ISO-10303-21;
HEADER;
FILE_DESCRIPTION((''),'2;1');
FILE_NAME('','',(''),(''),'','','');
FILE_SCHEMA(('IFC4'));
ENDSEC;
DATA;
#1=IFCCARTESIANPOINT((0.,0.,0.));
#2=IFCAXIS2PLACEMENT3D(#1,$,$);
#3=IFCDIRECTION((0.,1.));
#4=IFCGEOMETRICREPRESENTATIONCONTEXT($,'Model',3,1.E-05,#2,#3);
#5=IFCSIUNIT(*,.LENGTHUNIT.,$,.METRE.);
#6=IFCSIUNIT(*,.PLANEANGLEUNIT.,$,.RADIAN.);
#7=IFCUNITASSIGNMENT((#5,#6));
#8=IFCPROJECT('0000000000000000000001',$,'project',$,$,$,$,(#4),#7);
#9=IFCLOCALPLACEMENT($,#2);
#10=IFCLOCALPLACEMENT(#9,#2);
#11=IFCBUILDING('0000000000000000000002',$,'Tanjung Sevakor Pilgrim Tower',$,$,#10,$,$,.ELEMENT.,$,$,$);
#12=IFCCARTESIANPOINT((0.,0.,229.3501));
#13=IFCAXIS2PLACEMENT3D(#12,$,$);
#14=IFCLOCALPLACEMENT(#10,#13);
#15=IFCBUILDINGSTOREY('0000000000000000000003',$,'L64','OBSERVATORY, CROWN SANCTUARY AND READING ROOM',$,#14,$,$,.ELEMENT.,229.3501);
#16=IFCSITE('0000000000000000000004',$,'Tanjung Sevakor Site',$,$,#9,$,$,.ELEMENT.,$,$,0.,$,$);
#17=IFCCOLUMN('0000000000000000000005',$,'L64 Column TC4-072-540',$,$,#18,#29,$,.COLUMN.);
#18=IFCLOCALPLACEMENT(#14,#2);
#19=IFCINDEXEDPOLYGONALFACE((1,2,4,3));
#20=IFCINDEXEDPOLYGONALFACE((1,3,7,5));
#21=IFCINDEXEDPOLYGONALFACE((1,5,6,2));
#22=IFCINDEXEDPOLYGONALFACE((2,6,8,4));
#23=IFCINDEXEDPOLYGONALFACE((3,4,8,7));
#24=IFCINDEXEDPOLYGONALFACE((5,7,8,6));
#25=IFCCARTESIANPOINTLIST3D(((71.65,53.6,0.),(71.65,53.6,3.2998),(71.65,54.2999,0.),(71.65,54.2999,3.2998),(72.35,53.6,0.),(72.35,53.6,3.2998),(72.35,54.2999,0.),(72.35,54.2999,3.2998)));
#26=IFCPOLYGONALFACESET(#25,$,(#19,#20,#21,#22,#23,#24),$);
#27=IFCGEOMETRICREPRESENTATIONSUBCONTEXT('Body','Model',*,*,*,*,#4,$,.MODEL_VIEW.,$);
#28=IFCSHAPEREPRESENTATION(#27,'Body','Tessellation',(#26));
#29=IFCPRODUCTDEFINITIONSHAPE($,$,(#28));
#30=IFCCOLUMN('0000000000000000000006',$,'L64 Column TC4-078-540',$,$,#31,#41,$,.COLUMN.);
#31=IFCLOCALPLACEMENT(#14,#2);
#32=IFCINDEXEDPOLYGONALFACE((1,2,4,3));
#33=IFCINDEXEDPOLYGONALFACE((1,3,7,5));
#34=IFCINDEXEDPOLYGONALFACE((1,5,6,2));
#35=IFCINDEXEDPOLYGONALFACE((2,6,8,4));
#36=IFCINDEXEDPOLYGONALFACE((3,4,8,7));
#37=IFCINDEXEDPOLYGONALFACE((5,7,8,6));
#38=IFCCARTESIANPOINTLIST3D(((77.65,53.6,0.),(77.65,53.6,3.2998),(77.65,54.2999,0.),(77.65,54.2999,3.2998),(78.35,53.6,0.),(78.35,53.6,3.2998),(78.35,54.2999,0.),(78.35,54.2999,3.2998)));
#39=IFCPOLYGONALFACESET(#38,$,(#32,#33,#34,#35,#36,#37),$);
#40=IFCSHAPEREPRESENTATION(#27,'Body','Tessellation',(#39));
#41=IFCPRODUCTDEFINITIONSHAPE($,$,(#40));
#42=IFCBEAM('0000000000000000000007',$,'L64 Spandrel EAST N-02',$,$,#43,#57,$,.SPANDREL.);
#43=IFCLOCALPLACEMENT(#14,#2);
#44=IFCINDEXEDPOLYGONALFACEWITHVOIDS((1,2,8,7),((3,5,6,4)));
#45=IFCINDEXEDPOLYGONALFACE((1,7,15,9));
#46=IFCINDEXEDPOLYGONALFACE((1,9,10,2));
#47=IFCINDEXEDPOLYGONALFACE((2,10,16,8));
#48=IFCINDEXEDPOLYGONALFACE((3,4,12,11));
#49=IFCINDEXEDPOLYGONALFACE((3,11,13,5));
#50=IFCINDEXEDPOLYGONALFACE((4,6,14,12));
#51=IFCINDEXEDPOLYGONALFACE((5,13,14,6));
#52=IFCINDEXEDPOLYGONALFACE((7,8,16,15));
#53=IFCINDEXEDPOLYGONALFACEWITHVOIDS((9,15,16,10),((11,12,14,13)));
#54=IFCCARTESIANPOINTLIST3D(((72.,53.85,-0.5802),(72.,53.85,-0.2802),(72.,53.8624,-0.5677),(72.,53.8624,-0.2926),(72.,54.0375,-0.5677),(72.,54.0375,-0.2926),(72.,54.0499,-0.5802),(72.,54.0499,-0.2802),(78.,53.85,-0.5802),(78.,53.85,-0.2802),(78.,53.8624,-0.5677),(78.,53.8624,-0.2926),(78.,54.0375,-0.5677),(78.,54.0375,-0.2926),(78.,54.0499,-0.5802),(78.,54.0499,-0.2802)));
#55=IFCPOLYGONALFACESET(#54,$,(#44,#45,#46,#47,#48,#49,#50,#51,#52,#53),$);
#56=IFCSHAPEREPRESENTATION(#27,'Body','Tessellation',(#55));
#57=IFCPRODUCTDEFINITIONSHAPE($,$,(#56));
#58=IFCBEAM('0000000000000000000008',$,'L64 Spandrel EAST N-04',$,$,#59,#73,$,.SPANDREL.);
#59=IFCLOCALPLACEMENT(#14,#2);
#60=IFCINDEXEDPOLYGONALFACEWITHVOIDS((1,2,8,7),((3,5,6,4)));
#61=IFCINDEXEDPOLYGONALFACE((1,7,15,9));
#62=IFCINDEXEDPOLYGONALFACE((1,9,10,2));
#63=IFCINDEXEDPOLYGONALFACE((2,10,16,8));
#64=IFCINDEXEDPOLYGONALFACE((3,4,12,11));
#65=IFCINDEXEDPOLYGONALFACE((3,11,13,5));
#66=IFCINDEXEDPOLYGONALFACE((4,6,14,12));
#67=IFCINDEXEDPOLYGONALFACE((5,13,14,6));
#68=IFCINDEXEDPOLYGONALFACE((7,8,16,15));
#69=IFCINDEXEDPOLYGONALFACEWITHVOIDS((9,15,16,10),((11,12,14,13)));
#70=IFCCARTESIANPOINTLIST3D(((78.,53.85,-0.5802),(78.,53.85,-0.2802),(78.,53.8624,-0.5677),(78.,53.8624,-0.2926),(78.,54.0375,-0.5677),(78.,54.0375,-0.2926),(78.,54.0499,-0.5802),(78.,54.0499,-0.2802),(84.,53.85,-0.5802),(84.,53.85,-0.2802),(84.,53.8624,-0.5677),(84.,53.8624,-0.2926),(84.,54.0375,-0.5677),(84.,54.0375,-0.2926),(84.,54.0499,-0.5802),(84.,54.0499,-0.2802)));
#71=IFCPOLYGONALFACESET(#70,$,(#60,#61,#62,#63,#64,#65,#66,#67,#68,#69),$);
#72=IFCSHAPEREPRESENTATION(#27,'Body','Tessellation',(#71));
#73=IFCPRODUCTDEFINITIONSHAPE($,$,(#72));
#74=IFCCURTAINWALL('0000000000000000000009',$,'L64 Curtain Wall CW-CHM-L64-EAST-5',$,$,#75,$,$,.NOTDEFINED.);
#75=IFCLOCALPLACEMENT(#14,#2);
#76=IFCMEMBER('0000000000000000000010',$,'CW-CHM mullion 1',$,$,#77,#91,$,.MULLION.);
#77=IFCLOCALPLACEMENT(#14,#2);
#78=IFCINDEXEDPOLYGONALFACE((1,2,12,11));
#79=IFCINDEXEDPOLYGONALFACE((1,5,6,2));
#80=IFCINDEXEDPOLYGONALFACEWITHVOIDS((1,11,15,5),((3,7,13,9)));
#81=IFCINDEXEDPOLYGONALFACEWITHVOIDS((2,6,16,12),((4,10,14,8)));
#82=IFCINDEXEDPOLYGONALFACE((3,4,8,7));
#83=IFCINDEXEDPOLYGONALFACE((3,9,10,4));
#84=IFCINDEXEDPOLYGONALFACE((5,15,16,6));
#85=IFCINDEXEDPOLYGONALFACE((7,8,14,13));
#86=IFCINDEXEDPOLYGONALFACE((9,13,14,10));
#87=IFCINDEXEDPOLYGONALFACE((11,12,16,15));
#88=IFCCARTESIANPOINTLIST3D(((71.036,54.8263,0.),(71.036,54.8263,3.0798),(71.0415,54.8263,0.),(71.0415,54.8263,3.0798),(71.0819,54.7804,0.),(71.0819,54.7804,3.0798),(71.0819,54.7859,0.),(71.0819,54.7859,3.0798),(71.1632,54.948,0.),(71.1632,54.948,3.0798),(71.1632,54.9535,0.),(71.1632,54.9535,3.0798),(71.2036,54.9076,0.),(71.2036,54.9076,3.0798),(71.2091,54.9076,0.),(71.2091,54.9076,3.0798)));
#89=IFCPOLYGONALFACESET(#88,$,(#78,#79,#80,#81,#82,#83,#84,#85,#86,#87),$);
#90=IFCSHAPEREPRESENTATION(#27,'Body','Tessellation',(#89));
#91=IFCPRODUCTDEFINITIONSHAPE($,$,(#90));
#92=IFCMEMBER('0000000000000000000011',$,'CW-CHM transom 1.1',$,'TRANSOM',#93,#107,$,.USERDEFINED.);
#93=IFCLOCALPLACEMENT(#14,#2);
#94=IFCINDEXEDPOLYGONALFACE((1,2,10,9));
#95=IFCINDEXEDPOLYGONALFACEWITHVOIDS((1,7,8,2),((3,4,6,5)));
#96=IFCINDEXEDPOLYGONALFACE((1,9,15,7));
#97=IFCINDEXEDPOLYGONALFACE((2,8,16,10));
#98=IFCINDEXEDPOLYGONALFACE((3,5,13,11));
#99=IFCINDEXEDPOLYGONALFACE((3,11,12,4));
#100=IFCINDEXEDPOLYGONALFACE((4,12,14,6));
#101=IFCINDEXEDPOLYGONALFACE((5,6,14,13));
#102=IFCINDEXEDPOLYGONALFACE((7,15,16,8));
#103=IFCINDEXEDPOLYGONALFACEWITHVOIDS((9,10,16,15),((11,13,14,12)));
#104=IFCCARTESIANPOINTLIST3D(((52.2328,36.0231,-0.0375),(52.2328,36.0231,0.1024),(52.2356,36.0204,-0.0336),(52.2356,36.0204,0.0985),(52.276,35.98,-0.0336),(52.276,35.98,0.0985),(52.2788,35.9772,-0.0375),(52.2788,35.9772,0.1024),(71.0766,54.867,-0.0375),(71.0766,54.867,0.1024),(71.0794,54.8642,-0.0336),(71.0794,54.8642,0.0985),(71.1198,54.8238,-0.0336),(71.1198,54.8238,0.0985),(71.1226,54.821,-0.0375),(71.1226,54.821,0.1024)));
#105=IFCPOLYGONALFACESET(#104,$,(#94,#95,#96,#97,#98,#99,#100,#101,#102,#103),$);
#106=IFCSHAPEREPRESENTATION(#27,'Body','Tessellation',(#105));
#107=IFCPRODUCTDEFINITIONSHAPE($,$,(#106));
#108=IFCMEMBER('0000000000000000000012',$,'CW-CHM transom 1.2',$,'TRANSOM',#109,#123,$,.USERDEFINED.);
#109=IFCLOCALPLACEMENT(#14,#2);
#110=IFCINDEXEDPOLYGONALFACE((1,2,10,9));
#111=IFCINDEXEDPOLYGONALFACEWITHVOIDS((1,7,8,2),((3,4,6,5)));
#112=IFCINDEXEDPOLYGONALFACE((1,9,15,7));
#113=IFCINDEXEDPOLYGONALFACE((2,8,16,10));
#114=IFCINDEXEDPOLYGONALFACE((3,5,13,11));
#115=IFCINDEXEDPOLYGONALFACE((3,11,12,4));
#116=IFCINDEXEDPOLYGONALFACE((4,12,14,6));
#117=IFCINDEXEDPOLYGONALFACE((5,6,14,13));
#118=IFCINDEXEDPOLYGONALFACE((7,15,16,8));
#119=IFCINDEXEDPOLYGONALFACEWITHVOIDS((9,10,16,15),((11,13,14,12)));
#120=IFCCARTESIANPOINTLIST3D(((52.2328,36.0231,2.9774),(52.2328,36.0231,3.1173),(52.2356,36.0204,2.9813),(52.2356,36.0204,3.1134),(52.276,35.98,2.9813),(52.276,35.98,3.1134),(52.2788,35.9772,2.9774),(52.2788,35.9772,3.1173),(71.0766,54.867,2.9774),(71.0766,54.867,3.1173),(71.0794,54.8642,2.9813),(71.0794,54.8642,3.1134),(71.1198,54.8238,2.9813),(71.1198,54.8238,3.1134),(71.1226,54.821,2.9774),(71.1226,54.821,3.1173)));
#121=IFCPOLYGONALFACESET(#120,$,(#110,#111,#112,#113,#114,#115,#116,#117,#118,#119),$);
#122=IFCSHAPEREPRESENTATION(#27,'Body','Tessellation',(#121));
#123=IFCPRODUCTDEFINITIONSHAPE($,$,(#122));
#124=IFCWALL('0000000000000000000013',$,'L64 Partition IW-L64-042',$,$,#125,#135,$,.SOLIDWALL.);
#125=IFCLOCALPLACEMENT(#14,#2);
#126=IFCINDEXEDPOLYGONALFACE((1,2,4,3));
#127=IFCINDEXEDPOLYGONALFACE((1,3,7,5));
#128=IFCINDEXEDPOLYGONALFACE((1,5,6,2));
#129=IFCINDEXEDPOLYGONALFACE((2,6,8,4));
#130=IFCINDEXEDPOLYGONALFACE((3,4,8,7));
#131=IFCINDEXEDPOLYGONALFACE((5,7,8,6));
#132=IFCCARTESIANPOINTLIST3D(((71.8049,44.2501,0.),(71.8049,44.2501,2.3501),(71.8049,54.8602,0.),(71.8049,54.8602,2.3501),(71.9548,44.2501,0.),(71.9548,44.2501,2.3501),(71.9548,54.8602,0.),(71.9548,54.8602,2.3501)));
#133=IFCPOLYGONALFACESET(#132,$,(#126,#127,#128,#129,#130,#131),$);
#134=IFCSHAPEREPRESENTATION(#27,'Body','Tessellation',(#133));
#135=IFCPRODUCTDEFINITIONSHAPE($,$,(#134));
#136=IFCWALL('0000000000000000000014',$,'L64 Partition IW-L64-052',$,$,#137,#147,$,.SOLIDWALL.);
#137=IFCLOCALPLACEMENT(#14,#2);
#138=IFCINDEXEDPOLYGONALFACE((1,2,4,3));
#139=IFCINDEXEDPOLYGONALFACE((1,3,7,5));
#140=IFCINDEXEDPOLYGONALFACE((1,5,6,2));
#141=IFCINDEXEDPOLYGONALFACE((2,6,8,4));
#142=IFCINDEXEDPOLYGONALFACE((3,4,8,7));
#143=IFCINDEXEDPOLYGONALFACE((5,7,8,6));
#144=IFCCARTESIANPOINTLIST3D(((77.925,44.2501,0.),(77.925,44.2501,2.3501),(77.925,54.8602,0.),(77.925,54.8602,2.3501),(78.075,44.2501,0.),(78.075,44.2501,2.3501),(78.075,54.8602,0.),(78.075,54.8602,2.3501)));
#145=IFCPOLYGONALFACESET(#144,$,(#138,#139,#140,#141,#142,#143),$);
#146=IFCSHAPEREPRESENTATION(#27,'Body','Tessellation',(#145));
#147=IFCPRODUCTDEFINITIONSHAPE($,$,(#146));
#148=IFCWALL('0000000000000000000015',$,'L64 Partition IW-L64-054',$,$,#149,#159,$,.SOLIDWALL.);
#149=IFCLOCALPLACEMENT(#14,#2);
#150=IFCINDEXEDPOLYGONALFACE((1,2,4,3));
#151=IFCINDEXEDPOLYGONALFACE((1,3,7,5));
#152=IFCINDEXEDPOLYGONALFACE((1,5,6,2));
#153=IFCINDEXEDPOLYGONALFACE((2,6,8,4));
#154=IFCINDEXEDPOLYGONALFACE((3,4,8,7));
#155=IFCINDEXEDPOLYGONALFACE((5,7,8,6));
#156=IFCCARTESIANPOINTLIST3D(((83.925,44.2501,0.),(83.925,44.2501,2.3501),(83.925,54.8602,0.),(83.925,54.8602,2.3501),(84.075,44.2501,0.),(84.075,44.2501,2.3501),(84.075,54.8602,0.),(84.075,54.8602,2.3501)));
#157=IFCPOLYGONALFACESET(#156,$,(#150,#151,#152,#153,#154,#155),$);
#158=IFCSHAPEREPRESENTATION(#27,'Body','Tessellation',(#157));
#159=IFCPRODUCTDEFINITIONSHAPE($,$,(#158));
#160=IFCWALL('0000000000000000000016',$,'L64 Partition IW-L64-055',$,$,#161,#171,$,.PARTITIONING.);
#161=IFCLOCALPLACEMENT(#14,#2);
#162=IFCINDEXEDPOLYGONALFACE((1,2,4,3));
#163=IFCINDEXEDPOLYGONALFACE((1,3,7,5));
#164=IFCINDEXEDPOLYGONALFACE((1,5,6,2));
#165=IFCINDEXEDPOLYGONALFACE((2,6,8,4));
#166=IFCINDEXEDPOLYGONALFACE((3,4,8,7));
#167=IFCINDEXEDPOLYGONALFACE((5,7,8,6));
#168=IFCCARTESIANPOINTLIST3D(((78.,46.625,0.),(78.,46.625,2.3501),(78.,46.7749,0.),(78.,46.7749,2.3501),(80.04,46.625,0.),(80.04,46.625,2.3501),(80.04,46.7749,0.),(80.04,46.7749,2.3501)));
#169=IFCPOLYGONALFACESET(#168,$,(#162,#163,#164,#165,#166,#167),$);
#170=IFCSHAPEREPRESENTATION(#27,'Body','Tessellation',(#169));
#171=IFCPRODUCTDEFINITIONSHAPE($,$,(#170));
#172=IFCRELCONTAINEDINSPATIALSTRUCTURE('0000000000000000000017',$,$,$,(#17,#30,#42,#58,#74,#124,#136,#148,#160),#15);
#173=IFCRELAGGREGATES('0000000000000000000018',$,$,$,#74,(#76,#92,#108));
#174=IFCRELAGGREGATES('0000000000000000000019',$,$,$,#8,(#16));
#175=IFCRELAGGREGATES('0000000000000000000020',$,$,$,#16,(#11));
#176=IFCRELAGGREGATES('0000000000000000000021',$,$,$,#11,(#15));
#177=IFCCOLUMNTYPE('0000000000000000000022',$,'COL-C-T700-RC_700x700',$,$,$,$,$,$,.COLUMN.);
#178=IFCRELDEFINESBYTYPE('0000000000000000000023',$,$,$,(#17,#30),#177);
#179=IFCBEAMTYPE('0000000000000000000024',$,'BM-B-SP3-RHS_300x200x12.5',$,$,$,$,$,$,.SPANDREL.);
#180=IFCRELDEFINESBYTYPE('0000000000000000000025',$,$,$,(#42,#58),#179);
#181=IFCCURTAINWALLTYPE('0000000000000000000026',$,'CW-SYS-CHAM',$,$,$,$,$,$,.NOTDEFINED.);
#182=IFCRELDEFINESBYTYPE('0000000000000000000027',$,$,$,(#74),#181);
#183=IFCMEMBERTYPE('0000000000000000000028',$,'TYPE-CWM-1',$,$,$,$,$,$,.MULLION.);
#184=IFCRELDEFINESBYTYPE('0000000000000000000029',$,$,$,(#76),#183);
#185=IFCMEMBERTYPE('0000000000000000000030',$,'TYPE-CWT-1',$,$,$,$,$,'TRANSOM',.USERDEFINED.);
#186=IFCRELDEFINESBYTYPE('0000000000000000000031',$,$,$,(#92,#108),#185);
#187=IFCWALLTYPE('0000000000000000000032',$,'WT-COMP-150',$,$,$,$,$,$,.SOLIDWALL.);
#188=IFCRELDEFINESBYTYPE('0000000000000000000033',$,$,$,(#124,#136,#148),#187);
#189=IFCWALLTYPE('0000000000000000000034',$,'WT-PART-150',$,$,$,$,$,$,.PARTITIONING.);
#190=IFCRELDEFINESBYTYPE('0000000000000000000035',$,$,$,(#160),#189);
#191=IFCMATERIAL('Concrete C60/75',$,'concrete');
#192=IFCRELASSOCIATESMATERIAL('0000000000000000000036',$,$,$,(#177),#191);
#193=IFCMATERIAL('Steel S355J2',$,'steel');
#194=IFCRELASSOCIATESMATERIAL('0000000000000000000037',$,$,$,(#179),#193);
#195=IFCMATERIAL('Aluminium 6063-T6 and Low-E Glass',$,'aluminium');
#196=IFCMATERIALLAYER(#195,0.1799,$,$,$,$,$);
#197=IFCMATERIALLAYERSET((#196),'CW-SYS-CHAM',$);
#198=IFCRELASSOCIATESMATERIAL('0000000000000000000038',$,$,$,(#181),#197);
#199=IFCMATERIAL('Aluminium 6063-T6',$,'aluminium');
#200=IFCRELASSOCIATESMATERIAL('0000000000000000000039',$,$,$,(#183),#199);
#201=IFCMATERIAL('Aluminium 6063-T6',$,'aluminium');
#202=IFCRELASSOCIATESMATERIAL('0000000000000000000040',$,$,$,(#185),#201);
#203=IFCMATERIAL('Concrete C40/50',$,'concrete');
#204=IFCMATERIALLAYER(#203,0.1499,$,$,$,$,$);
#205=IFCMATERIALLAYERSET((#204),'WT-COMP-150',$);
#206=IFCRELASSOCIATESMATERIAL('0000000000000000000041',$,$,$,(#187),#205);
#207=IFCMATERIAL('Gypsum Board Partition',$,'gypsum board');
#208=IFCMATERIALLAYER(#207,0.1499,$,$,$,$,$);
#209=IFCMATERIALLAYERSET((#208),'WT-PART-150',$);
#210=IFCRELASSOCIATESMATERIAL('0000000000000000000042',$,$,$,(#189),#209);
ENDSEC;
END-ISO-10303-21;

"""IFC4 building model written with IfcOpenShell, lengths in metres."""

from ifc_helpers import new_model, si_unit, direction, frame, frame_2d, origin, origin_2d, place, context, subcontext, project, spatial, rectangle, hollow_rectangle, extrude, material, layer, layer_set, material_profile, profile_set, type_object, element, aggregate, save


model = new_model("IFC4")

# Units and contexts
model_context = context("Model", 3, precision=1e-05, world=origin(), true_north=direction((0.0, 1.0)))
body_context = subcontext(model_context, "Body", "Model", "MODEL_VIEW")
ifc_project = project(units=[si_unit("LENGTHUNIT", "METRE"), si_unit("PLANEANGLEUNIT", "RADIAN")], contexts=[model_context])

# Site, building, storey
site_placement = place(None, origin())
site = spatial("IfcSite", under=ifc_project, at=site_placement, Name="Tanjung Sevakor Site", CompositionType="ELEMENT", RefElevation=0.0)
building_placement = place(site_placement, origin())
building = spatial("IfcBuilding", under=site, at=building_placement, Name="Tanjung Sevakor Pilgrim Tower", CompositionType="ELEMENT")
storey_placement = place(building_placement, frame((0.0, 0.0, 229.3501)))
storey = spatial("IfcBuildingStorey", under=building, at=storey_placement, Name="L64", Description="OBSERVATORY, CROWN SANCTUARY AND READING ROOM", CompositionType="ELEMENT", Elevation=229.3501)

# Columns
ifc_material_1 = material(Name="Concrete C60/75", Category="concrete")
ifc_material_profile_1 = material_profile(ifc_material_1, rectangle(XDim=0.7, YDim=0.7, at=origin_2d()))
ifc_profile_set_1 = profile_set([ifc_material_profile_1], Name="Concrete C60/75")
column_type = type_object("IfcColumnType", Name="COL-C-T700-RC_700x700", PredefinedType="COLUMN", material=ifc_profile_set_1)
for number, where, z_axis, x_axis, name in (
    (1, (72.0, 53.95, 0.0), (0.0, 0.0, 1.0), (1.0, 0.0, 0.0), "L64 Column TC4-072-540"),
    (2, (78.0, 53.95, 0.0), (0.0, 0.0, 1.0), (1.0, 0.0, 0.0), "L64 Column TC4-078-540"),
):
    element("IfcColumn", number, at=place(storey_placement, frame(where, z_axis=z_axis, x_axis=x_axis)), inside=storey, type_object=column_type, Name=name, PredefinedType="COLUMN", context=body_context, shape_type="SweptSolid", body=[
        extrude(rectangle(XDim=0.7, YDim=0.7, at=origin_2d()), origin(), (0.0, 0.0, 1.0), 3.2998),
    ])

# Beams
ifc_material_2 = material(Name="Steel S355J2", Category="steel")
ifc_material_profile_2 = material_profile(ifc_material_2, hollow_rectangle(XDim=0.2, YDim=0.3, WallThickness=0.0125, at=origin_2d()))
ifc_profile_set_2 = profile_set([ifc_material_profile_2], Name="Steel S355J2")
beam_type = type_object("IfcBeamType", Name="BM-B-SP3-RHS_300x200x12.5", PredefinedType="SPANDREL", material=ifc_profile_set_2)
for number, where, z_axis, x_axis, name in (
    (3, (72.0, 53.95, -0.4302), (1.0, 0.0, 0.0), (0.0, 1.0, 0.0), "L64 Spandrel EAST N-02"),
    (4, (78.0, 53.95, -0.4302), (1.0, 0.0, 0.0), (0.0, 1.0, 0.0), "L64 Spandrel EAST N-04"),
):
    element("IfcBeam", number, at=place(storey_placement, frame(where, z_axis=z_axis, x_axis=x_axis)), inside=storey, type_object=beam_type, Name=name, PredefinedType="SPANDREL", context=body_context, shape_type="SweptSolid", body=[
        extrude(hollow_rectangle(XDim=0.2, YDim=0.3, WallThickness=0.0125, at=origin_2d()), origin(), (0.0, 0.0, 1.0), 6.0),
    ])

# Curtain wall, members
ifc_material_3 = material(Name="Aluminium 6063-T6 and Low-E Glass", Category="aluminium")
ifc_layer_1 = layer(ifc_material_3, 0.1799)
ifc_layer_set_1 = layer_set([ifc_layer_1], Name="CW-SYS-CHAM")
curtain_wall_type = type_object("IfcCurtainWallType", Name="CW-SYS-CHAM", PredefinedType="NOTDEFINED", material=ifc_layer_set_1)
curtain_wall_placement = place(storey_placement, origin())
curtain_wall = element("IfcCurtainWall", 5, at=curtain_wall_placement, inside=storey, type_object=curtain_wall_type, Name="L64 Curtain Wall CW-CHM-L64-EAST-5", PredefinedType="NOTDEFINED")
ifc_material_4 = material(Name="Aluminium 6063-T6", Category="aluminium")
ifc_material_profile_3 = material_profile(ifc_material_4, hollow_rectangle(XDim=0.0649, YDim=0.1799, WallThickness=0.0039, at=origin_2d()))
ifc_profile_set_3 = profile_set([ifc_material_profile_3], Name="Aluminium 6063-T6")
member_type_1 = type_object("IfcMemberType", Name="TYPE-CWM-1", PredefinedType="MULLION", material=ifc_profile_set_3)
member_1_placement = place(storey_placement, frame((71.1226, 54.8669, 0.0), z_axis=(0.0, 0.0, 1.0), x_axis=(0.707107, -0.707107, 0.0)))
member_1 = element("IfcMember", 6, at=member_1_placement, type_object=member_type_1, Name="CW-CHM mullion 1", PredefinedType="MULLION", context=body_context, shape_type="SweptSolid", body=[
    extrude(hollow_rectangle(XDim=0.0649, YDim=0.1799, WallThickness=0.0039, at=origin_2d()), origin(), (0.0, 0.0, 1.0), 3.0798),
])
ifc_material_5 = material(Name="Aluminium 6063-T6", Category="aluminium")
ifc_material_profile_4 = material_profile(ifc_material_5, hollow_rectangle(XDim=0.0649, YDim=0.1399, WallThickness=0.0039, at=origin_2d()))
ifc_profile_set_4 = profile_set([ifc_material_profile_4], Name="Aluminium 6063-T6")
member_type_2 = type_object("IfcMemberType", Name="TYPE-CWT-1", ElementType="TRANSOM", PredefinedType="USERDEFINED", material=ifc_profile_set_4)
member_2_placement = place(storey_placement, frame((71.0996, 54.844, 0.0325), z_axis=(-0.707107, -0.707107, 0.0), x_axis=(0.707107, -0.707107, 0.0)))
member_2 = element("IfcMember", 7, at=member_2_placement, type_object=member_type_2, Name="CW-CHM transom 1.1", ObjectType="TRANSOM", PredefinedType="USERDEFINED", context=body_context, shape_type="SweptSolid", body=[
    extrude(hollow_rectangle(XDim=0.0649, YDim=0.1399, WallThickness=0.0039, at=origin_2d()), origin(), (0.0, 0.0, 1.0), 26.6492),
])
member_3_placement = place(storey_placement, frame((71.0996, 54.844, 3.0474), z_axis=(-0.707107, -0.707107, 0.0), x_axis=(0.707107, -0.707107, 0.0)))
member_3 = element("IfcMember", 8, at=member_3_placement, type_object=member_type_2, Name="CW-CHM transom 1.2", ObjectType="TRANSOM", PredefinedType="USERDEFINED", context=body_context, shape_type="SweptSolid", body=[
    extrude(hollow_rectangle(XDim=0.0649, YDim=0.1399, WallThickness=0.0039, at=origin_2d()), origin(), (0.0, 0.0, 1.0), 26.6492),
])
aggregate(curtain_wall, [member_1, member_2, member_3])

# Walls
ifc_material_6 = material(Name="Concrete C40/50", Category="concrete")
ifc_layer_2 = layer(ifc_material_6, 0.1499)
ifc_layer_set_2 = layer_set([ifc_layer_2], Name="WT-COMP-150")
wall_type_1 = type_object("IfcWallType", Name="WT-COMP-150", PredefinedType="SOLIDWALL", material=ifc_layer_set_2)
for number, where, z_axis, x_axis, name in (
    (9, (71.8799, 44.25, 0.0), (0.0, 0.0, 1.0), (0.0, 1.0, 0.0), "L64 Partition IW-L64-042"),
    (10, (78.0, 44.25, 0.0), (0.0, 0.0, 1.0), (0.0, 1.0, 0.0), "L64 Partition IW-L64-052"),
):
    element("IfcWall", number, at=place(storey_placement, frame(where, z_axis=z_axis, x_axis=x_axis)), inside=storey, type_object=wall_type_1, Name=name, PredefinedType="SOLIDWALL", context=body_context, shape_type="SweptSolid", body=[
        extrude(rectangle(XDim=10.6101, YDim=0.1499, at=frame_2d((5.3052, 0.0))), origin(), (0.0, 0.0, 1.0), 2.3501),
    ])

# Wall
wall_1_placement = place(storey_placement, frame((84.0, 44.25, 0.0), z_axis=(0.0, 0.0, 1.0), x_axis=(0.0, 1.0, 0.0)))
element("IfcWall", 11, at=wall_1_placement, inside=storey, type_object=wall_type_1, Name="L64 Partition IW-L64-054", PredefinedType="SOLIDWALL", context=body_context, shape_type="SweptSolid", body=[
    extrude(rectangle(XDim=10.6101, YDim=0.1499, at=frame_2d((5.3052, 0.0))), origin(), (0.0, 0.0, 1.0), 2.3501),
])

# Wall
ifc_material_7 = material(Name="Gypsum Board Partition", Category="gypsum board")
ifc_layer_3 = layer(ifc_material_7, 0.1499)
ifc_layer_set_3 = layer_set([ifc_layer_3], Name="WT-PART-150")
wall_type_2 = type_object("IfcWallType", Name="WT-PART-150", PredefinedType="PARTITIONING", material=ifc_layer_set_3)
wall_2_placement = place(storey_placement, frame((78.0, 46.7, 0.0), z_axis=(0.0, 0.0, 1.0), x_axis=(1.0, 0.0, 0.0)))
element("IfcWall", 12, at=wall_2_placement, inside=storey, type_object=wall_type_2, Name="L64 Partition IW-L64-055", PredefinedType="PARTITIONING", context=body_context, shape_type="SweptSolid", body=[
    extrude(rectangle(XDim=2.04, YDim=0.1499, at=frame_2d((1.02, 0.0))), origin(), (0.0, 0.0, 1.0), 2.3501),
])

save(model, "model.ifc")
